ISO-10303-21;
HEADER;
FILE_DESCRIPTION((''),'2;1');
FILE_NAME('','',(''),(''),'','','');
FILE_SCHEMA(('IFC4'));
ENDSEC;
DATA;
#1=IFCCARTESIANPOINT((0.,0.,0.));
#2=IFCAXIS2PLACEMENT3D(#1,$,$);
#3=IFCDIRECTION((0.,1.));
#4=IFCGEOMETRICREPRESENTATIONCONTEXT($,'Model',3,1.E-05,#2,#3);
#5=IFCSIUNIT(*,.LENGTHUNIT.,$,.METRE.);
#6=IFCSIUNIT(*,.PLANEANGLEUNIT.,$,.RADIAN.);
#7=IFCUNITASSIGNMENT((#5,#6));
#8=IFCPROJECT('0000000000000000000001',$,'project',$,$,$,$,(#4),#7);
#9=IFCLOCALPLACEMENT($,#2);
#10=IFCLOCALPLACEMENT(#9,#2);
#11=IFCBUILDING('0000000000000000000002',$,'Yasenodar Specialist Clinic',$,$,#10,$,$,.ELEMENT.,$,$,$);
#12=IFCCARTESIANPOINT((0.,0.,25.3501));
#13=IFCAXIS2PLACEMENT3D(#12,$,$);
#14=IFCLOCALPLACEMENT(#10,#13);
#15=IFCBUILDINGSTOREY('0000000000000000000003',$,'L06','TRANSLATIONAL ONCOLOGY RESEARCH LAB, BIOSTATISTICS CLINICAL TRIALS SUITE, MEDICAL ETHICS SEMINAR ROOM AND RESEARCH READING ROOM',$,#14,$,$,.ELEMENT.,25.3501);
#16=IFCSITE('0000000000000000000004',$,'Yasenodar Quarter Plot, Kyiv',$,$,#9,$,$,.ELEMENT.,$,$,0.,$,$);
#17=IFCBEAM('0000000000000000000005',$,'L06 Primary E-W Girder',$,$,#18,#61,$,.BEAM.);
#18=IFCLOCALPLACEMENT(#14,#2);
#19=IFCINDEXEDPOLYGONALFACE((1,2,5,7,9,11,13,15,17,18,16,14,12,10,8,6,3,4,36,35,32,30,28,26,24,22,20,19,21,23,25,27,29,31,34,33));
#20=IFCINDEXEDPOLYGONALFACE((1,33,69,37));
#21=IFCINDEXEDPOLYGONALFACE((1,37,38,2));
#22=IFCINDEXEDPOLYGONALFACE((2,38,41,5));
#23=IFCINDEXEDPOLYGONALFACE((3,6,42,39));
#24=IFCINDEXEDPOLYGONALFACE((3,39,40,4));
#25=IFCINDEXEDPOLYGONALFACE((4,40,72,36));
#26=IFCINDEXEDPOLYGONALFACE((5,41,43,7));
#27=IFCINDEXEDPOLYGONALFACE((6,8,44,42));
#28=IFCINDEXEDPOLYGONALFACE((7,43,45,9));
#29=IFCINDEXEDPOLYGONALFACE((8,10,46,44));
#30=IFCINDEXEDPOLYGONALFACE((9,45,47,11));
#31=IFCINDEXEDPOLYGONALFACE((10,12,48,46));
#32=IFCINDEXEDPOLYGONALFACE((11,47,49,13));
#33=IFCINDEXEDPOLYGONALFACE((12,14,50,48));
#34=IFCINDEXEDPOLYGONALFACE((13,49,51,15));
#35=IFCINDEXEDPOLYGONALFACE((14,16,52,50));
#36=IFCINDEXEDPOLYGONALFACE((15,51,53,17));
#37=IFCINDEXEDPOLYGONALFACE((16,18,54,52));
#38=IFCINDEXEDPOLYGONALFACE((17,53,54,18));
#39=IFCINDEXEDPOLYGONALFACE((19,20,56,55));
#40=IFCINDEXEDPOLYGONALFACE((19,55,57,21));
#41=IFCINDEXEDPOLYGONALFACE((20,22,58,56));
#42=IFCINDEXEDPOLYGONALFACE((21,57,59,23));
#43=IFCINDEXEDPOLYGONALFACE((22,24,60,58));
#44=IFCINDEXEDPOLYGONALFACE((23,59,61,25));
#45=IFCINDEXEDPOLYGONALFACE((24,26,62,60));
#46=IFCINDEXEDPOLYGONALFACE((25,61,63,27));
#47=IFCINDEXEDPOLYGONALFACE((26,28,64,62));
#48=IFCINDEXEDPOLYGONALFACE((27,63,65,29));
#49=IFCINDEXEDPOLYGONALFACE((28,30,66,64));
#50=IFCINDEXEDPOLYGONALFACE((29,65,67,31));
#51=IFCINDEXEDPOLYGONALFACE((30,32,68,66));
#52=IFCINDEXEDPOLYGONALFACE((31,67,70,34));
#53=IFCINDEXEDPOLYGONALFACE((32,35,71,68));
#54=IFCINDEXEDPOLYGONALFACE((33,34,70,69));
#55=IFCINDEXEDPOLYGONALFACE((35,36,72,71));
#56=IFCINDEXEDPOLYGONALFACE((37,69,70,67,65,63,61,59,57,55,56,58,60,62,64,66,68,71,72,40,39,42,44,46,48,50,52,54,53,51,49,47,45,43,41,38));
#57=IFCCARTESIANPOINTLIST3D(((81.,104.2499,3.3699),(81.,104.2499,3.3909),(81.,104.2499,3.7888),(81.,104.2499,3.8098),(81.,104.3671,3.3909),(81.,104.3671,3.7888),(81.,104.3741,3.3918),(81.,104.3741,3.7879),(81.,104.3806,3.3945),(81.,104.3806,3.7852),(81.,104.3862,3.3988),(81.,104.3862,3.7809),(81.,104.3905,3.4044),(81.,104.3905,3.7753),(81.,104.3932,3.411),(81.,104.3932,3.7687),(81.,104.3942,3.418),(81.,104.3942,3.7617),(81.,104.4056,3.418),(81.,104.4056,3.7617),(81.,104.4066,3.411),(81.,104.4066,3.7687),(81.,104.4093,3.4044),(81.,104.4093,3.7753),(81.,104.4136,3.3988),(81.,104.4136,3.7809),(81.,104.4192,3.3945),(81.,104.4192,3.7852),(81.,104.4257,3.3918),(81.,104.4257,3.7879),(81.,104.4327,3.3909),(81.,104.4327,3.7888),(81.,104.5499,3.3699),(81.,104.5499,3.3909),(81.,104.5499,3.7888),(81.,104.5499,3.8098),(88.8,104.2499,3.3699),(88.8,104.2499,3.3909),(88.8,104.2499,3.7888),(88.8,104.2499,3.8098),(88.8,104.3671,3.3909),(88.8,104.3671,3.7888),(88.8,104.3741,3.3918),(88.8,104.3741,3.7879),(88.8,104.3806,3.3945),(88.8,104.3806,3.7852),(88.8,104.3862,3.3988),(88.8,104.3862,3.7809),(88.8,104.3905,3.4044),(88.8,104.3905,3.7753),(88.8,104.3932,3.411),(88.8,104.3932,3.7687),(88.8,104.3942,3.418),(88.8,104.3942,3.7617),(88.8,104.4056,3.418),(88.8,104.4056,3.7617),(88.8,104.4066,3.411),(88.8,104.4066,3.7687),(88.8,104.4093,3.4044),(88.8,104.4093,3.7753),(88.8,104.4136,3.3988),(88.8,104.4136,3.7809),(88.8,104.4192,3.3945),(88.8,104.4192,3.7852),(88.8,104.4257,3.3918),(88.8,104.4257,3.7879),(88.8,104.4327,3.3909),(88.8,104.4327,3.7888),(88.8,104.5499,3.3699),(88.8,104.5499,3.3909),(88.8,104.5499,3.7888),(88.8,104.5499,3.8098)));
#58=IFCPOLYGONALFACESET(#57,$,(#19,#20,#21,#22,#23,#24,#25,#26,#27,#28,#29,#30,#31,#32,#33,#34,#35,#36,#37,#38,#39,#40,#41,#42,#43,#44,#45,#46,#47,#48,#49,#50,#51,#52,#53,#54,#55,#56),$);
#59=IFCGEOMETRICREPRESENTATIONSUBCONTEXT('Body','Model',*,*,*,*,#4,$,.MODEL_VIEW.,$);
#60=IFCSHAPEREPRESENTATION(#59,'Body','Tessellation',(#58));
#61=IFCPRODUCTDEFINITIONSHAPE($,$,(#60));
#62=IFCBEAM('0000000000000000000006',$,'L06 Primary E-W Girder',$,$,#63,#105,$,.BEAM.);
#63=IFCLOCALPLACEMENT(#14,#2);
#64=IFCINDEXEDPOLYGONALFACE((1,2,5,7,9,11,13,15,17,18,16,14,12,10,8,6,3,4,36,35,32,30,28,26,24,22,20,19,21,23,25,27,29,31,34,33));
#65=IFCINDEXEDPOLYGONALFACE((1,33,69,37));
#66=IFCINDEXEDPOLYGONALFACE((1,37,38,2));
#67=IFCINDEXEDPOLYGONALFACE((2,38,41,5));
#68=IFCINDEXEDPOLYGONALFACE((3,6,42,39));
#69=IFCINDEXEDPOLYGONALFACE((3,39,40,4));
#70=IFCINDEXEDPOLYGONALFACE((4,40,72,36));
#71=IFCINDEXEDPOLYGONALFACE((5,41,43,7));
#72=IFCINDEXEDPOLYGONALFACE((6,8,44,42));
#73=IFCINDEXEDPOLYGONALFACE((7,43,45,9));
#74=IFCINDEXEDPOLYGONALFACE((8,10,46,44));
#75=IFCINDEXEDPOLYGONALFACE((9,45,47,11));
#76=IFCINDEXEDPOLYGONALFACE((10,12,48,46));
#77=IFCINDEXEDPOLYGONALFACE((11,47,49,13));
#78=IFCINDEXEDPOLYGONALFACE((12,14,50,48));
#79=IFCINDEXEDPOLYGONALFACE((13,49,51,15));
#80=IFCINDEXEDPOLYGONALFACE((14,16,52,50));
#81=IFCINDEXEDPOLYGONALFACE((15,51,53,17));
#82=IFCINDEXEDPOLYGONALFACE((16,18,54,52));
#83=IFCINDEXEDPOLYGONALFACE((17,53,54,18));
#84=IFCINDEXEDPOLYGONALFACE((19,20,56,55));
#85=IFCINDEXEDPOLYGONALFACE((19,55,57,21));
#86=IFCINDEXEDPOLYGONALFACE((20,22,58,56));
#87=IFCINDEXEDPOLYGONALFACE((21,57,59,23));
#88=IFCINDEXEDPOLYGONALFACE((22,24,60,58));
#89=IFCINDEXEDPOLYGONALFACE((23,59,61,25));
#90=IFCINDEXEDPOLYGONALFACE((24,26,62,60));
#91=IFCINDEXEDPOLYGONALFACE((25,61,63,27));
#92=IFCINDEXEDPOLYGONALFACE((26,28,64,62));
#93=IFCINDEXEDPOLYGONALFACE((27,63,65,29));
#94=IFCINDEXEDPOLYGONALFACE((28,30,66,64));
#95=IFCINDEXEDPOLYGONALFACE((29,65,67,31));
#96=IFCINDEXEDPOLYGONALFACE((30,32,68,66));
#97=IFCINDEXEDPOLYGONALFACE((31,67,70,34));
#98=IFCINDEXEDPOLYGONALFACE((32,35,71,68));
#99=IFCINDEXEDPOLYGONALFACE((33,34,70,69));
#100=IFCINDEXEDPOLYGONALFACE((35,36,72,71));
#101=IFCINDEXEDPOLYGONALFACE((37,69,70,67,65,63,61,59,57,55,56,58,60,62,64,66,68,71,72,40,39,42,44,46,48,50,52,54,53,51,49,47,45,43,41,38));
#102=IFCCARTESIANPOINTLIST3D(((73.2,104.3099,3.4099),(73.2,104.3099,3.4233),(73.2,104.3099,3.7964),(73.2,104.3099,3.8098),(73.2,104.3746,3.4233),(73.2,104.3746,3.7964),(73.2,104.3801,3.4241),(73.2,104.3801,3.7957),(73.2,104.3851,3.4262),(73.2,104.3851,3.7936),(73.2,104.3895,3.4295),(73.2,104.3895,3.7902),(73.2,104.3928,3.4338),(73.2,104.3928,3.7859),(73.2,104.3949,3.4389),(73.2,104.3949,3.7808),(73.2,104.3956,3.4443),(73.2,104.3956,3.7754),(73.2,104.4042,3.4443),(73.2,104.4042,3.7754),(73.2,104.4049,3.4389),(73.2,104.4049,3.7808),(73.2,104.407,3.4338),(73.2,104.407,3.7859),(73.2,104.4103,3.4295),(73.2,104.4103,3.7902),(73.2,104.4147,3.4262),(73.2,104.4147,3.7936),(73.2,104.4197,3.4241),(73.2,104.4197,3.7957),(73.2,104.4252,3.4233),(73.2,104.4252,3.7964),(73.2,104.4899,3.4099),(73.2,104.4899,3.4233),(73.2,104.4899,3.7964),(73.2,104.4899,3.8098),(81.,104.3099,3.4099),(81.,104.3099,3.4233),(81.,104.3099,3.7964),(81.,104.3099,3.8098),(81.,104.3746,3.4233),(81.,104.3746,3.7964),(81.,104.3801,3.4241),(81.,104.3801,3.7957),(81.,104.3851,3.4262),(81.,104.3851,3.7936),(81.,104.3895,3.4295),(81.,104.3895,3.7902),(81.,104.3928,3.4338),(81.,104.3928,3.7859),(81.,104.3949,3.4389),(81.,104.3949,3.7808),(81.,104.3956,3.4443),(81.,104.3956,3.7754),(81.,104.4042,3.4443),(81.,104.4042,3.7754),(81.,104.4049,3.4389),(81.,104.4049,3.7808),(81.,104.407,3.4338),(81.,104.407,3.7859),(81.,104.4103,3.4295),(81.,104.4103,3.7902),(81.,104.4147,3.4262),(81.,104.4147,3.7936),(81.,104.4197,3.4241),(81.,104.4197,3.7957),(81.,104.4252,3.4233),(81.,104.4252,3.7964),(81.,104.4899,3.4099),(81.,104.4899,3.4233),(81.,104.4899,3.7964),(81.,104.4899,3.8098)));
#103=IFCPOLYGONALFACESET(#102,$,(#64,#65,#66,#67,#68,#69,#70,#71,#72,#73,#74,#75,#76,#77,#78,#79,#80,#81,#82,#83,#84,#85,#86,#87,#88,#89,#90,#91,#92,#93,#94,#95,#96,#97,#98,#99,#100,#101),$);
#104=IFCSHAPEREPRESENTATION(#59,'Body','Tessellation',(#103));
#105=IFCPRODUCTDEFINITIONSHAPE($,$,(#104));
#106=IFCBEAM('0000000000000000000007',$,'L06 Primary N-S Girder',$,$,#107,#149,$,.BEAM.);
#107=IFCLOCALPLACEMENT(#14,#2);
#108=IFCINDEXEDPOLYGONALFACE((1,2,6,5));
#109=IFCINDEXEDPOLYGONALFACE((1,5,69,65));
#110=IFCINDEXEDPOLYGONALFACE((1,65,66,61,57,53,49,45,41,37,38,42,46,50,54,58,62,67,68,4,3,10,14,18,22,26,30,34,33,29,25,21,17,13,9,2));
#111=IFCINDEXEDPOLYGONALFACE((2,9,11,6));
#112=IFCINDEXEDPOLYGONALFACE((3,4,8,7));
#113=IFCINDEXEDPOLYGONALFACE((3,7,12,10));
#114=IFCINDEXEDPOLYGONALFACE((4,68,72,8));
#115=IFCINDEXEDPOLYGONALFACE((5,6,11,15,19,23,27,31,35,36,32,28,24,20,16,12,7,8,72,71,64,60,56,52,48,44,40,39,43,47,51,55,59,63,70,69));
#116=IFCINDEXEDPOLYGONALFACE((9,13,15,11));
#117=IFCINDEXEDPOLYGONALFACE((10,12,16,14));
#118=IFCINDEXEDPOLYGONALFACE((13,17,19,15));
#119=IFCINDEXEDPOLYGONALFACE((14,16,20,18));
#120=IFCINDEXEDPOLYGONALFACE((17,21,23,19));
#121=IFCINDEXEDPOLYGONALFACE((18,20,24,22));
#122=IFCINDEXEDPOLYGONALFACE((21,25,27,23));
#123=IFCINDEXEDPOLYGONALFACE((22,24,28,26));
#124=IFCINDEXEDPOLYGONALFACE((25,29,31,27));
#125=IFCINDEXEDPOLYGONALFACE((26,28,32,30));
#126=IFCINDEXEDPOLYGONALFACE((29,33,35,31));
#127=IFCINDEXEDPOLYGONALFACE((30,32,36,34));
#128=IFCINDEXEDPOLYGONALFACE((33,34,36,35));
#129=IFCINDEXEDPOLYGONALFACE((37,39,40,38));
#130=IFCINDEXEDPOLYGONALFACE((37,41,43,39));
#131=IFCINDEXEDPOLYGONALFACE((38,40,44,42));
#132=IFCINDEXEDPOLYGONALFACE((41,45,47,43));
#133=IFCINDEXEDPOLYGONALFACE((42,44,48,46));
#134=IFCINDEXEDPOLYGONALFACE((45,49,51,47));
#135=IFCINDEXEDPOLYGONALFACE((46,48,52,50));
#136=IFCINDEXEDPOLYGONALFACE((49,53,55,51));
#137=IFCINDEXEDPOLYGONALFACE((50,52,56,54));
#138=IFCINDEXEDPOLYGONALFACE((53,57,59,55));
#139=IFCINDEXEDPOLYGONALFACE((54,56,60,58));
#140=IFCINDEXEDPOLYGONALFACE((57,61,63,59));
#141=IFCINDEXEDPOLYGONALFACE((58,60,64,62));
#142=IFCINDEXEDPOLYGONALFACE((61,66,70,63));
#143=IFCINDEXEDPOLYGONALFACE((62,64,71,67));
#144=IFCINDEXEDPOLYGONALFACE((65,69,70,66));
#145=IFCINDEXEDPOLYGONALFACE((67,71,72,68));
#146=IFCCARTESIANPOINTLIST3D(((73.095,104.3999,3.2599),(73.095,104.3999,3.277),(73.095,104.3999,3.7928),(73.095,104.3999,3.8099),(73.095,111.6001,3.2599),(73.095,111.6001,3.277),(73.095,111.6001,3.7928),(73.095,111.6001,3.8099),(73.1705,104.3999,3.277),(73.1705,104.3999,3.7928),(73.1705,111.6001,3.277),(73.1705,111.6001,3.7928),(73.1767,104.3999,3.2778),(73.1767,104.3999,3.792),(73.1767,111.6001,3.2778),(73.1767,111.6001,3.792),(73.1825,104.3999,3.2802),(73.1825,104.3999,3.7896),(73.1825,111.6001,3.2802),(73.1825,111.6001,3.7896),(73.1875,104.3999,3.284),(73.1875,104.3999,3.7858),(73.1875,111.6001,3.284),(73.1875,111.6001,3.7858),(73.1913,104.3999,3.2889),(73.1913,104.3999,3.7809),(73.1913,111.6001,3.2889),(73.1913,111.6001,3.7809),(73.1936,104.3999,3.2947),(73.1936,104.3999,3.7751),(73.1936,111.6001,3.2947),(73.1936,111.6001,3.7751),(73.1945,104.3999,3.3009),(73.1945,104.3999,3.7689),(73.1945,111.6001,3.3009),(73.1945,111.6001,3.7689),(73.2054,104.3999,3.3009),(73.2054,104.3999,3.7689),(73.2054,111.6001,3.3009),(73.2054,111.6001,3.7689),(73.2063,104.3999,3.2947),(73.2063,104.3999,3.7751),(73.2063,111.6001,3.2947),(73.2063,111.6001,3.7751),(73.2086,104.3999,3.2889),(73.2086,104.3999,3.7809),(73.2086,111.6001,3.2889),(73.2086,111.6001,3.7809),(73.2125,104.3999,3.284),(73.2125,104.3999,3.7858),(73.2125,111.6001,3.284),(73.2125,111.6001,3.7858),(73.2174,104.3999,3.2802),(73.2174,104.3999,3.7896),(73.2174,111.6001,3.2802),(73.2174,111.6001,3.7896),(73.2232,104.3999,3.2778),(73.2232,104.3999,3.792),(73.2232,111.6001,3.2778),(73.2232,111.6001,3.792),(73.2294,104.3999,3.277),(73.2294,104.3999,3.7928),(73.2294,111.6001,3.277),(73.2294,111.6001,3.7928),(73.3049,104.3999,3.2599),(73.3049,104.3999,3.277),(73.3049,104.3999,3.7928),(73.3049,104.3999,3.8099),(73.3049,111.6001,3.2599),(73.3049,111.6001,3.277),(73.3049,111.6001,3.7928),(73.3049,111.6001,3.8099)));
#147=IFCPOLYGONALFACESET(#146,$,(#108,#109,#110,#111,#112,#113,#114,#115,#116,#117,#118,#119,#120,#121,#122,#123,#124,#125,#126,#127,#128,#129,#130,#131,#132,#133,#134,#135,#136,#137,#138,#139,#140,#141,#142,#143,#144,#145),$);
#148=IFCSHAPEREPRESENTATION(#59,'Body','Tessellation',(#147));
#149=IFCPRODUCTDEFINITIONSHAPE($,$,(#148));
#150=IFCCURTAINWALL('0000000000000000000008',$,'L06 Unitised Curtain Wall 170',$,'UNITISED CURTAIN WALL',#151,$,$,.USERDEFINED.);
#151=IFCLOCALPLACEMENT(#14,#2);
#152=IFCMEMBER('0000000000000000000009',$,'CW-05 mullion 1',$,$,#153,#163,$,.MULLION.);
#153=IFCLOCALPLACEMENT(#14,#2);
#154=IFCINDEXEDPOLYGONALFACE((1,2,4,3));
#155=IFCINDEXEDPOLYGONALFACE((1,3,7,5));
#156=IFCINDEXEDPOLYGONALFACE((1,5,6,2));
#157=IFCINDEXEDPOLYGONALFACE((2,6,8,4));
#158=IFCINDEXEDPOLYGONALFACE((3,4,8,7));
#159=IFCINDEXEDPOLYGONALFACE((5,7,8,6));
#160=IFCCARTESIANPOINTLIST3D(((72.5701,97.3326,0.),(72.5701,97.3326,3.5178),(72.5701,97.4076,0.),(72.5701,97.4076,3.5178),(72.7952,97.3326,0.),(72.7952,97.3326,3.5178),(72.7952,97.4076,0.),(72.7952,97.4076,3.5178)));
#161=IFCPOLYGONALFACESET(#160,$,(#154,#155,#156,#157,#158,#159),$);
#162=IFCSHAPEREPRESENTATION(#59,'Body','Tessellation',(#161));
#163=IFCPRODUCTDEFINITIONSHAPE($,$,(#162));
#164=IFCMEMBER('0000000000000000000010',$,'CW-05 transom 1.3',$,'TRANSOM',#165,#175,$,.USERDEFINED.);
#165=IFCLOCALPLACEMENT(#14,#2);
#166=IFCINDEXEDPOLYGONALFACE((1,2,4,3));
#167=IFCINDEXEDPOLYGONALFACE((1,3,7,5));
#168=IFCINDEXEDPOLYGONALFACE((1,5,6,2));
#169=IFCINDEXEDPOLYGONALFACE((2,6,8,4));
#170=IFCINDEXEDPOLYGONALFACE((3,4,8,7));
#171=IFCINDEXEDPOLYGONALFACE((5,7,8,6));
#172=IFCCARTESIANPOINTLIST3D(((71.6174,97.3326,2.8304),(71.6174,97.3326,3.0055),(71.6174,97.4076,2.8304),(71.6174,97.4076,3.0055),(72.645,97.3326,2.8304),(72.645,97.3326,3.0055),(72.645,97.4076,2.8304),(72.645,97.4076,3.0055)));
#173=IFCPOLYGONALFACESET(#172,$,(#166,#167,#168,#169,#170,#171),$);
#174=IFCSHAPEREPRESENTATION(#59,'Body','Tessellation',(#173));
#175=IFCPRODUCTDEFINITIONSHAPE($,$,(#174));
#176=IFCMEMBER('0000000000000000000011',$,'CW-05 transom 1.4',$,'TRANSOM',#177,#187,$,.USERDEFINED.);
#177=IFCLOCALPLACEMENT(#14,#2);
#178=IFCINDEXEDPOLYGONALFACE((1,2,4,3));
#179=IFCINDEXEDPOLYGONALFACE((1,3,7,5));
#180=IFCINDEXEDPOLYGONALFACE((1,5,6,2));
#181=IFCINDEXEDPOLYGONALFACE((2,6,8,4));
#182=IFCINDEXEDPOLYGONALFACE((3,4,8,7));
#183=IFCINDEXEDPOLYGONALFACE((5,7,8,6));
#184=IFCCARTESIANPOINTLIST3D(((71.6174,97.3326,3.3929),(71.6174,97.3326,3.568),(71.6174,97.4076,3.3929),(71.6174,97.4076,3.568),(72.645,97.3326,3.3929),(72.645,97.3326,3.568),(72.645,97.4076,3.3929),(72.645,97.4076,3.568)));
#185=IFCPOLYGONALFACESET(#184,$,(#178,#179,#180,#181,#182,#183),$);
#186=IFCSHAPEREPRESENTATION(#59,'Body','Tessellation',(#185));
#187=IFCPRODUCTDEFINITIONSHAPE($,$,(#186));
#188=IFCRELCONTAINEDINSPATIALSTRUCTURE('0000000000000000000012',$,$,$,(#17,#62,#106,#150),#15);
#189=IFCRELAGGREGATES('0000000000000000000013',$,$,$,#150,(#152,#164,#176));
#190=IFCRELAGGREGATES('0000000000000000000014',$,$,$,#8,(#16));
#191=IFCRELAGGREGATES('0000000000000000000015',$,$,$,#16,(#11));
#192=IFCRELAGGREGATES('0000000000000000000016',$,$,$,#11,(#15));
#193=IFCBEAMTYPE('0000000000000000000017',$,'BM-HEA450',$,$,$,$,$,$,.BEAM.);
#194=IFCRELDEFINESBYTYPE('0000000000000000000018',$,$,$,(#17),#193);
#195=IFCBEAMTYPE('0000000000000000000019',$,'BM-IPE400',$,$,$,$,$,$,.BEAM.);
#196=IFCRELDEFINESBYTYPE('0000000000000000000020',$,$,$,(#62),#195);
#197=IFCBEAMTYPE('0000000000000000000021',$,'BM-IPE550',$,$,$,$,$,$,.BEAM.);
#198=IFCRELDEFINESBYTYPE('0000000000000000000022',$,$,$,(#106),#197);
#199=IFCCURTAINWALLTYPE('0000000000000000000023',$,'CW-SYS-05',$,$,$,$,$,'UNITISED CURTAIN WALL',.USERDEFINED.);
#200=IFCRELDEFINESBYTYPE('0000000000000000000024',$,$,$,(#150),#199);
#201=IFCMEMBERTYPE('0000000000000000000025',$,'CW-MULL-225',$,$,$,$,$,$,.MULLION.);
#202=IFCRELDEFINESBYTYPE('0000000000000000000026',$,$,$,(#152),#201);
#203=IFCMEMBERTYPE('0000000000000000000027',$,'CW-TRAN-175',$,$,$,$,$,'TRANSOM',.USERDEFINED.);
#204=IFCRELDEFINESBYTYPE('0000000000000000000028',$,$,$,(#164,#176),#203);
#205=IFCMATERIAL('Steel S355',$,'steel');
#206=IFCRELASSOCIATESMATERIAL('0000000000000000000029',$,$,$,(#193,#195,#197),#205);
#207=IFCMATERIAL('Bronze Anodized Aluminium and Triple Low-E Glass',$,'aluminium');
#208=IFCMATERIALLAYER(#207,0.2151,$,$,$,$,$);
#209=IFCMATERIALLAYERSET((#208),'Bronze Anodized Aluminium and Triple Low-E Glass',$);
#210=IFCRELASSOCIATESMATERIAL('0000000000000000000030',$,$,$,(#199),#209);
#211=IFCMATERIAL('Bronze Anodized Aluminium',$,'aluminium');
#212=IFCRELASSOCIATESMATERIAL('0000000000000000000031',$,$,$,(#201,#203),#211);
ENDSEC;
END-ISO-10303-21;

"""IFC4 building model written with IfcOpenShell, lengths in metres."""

from ifc_helpers import new_model, si_unit, direction, frame, origin, origin_2d, place, context, subcontext, project, spatial, rectangle, i_section, extrude, material, layer, layer_set, material_profile, profile_set, type_object, element, aggregate, save


model = new_model("IFC4")

# Units and contexts
model_context = context("Model", 3, precision=1e-05, world=origin(), true_north=direction((0.0, 1.0)))
body_context = subcontext(model_context, "Body", "Model", "MODEL_VIEW")
ifc_project = project(units=[si_unit("LENGTHUNIT", "METRE"), si_unit("PLANEANGLEUNIT", "RADIAN")], contexts=[model_context])

# Site, building, storey
site_placement = place(None, origin())
site = spatial("IfcSite", under=ifc_project, at=site_placement, Name="Yasenodar Quarter Plot, Kyiv", CompositionType="ELEMENT", RefElevation=0.0)
building_placement = place(site_placement, origin())
building = spatial("IfcBuilding", under=site, at=building_placement, Name="Yasenodar Specialist Clinic", CompositionType="ELEMENT")
storey_placement = place(building_placement, frame((0.0, 0.0, 25.3501)))
storey = spatial("IfcBuildingStorey", under=building, at=storey_placement, Name="L06", Description="TRANSLATIONAL ONCOLOGY RESEARCH LAB, BIOSTATISTICS CLINICAL TRIALS SUITE, MEDICAL ETHICS SEMINAR ROOM AND RESEARCH READING ROOM", CompositionType="ELEMENT", Elevation=25.3501)

# Shared definitions
ifc_material_1 = material(Name="Steel S355", Category="steel")

# Beams
ifc_material_profile_1 = material_profile(ifc_material_1, i_section(OverallWidth=0.3, OverallDepth=0.4399, WebThickness=0.0115, FlangeThickness=0.021, FilletRadius=0.0271, at=origin_2d()), Name="HEA 450")
ifc_profile_set_1 = profile_set([ifc_material_profile_1], Name="Steel S355")
beam_type_1 = type_object("IfcBeamType", Name="BM-HEA450", PredefinedType="BEAM", material=ifc_profile_set_1)
beam_1_placement = place(storey_placement, frame((81.0, 104.3999, 3.5898), z_axis=(1.0, 0.0, 0.0), x_axis=(0.0, 1.0, 0.0)))
element("IfcBeam", 1, at=beam_1_placement, inside=storey, type_object=beam_type_1, Name="L06 Primary E-W Girder", PredefinedType="BEAM", context=body_context, shape_type="SweptSolid", body=[
    extrude(i_section(OverallWidth=0.3, OverallDepth=0.4399, WebThickness=0.0115, FlangeThickness=0.021, FilletRadius=0.0271, at=origin_2d()), origin(), (0.0, 0.0, 1.0), 7.8),
])
ifc_material_profile_2 = material_profile(ifc_material_1, i_section(OverallWidth=0.1799, OverallDepth=0.3999, WebThickness=0.0085, FlangeThickness=0.0134, FilletRadius=0.021, at=origin_2d()), Name="IPE 400")
ifc_profile_set_2 = profile_set([ifc_material_profile_2], Name="Steel S355")
beam_type_2 = type_object("IfcBeamType", Name="BM-IPE400", PredefinedType="BEAM", material=ifc_profile_set_2)
beam_2_placement = place(storey_placement, frame((73.2, 104.3999, 3.6099), z_axis=(1.0, 0.0, 0.0), x_axis=(0.0, 1.0, 0.0)))
element("IfcBeam", 2, at=beam_2_placement, inside=storey, type_object=beam_type_2, Name="L06 Primary E-W Girder", PredefinedType="BEAM", context=body_context, shape_type="SweptSolid", body=[
    extrude(i_section(OverallWidth=0.1799, OverallDepth=0.3999, WebThickness=0.0085, FlangeThickness=0.0134, FilletRadius=0.021, at=origin_2d()), origin(), (0.0, 0.0, 1.0), 7.8),
])
ifc_material_profile_3 = material_profile(ifc_material_1, i_section(OverallWidth=0.21, OverallDepth=0.55, WebThickness=0.011, FlangeThickness=0.0171, FilletRadius=0.0239, at=origin_2d()), Name="IPE 550")
ifc_profile_set_3 = profile_set([ifc_material_profile_3], Name="Steel S355")
beam_type_3 = type_object("IfcBeamType", Name="BM-IPE550", PredefinedType="BEAM", material=ifc_profile_set_3)
beam_3_placement = place(storey_placement, frame((73.2, 104.3999, 3.5349), z_axis=(0.0, 1.0, 0.0), x_axis=(-1.0, 0.0, 0.0)))
element("IfcBeam", 3, at=beam_3_placement, inside=storey, type_object=beam_type_3, Name="L06 Primary N-S Girder", PredefinedType="BEAM", context=body_context, shape_type="SweptSolid", body=[
    extrude(i_section(OverallWidth=0.21, OverallDepth=0.55, WebThickness=0.011, FlangeThickness=0.0171, FilletRadius=0.0239, at=origin_2d()), origin(), (0.0, 0.0, 1.0), 7.2002),
])

# Curtain wall, members
ifc_material_2 = material(Name="Bronze Anodized Aluminium and Triple Low-E Glass", Category="aluminium")
ifc_layer_1 = layer(ifc_material_2, 0.2151)
ifc_layer_set_1 = layer_set([ifc_layer_1], Name="Bronze Anodized Aluminium and Triple Low-E Glass")
curtain_wall_type = type_object("IfcCurtainWallType", Name="CW-SYS-05", ElementType="UNITISED CURTAIN WALL", PredefinedType="USERDEFINED", material=ifc_layer_set_1)
curtain_wall_placement = place(storey_placement, origin())
curtain_wall = element("IfcCurtainWall", 4, at=curtain_wall_placement, inside=storey, type_object=curtain_wall_type, Name="L06 Unitised Curtain Wall 170", ObjectType="UNITISED CURTAIN WALL", PredefinedType="USERDEFINED")
ifc_material_3 = material(Name="Bronze Anodized Aluminium", Category="aluminium")
ifc_material_profile_4 = material_profile(ifc_material_3, rectangle(XDim=0.075, YDim=0.2251, at=origin_2d()), Name="CW-MULL 75x225")
ifc_profile_set_4 = profile_set([ifc_material_profile_4], Name="Bronze Anodized Aluminium")
member_type_1 = type_object("IfcMemberType", Name="CW-MULL-225", PredefinedType="MULLION", material=ifc_profile_set_4)
member_1_placement = place(storey_placement, frame((72.6826, 97.3701, 0.0), z_axis=(0.0, 0.0, 1.0), x_axis=(0.0, -1.0, 0.0)))
member_1 = element("IfcMember", 5, at=member_1_placement, type_object=member_type_1, Name="CW-05 mullion 1", PredefinedType="MULLION", context=body_context, shape_type="SweptSolid", body=[
    extrude(rectangle(XDim=0.075, YDim=0.2251, at=origin_2d()), origin(), (0.0, 0.0, 1.0), 3.5178),
])
ifc_material_profile_5 = material_profile(ifc_material_3, rectangle(XDim=0.075, YDim=0.175, at=origin_2d()), Name="CW-TRAN 75x175")
ifc_profile_set_5 = profile_set([ifc_material_profile_5], Name="Bronze Anodized Aluminium")
member_type_2 = type_object("IfcMemberType", Name="CW-TRAN-175", ElementType="TRANSOM", PredefinedType="USERDEFINED", material=ifc_profile_set_5)
member_2_placement = place(storey_placement, frame((72.645, 97.3701, 2.918), z_axis=(-1.0, 0.0, 0.0), x_axis=(0.0, -1.0, 0.0)))
member_2 = element("IfcMember", 6, at=member_2_placement, type_object=member_type_2, Name="CW-05 transom 1.3", ObjectType="TRANSOM", PredefinedType="USERDEFINED", context=body_context, shape_type="SweptSolid", body=[
    extrude(rectangle(XDim=0.075, YDim=0.175, at=origin_2d()), origin(), (0.0, 0.0, 1.0), 1.0276),
])
member_3_placement = place(storey_placement, frame((72.645, 97.3701, 3.4805), z_axis=(-1.0, 0.0, 0.0), x_axis=(0.0, -1.0, 0.0)))
member_3 = element("IfcMember", 7, at=member_3_placement, type_object=member_type_2, Name="CW-05 transom 1.4", ObjectType="TRANSOM", PredefinedType="USERDEFINED", context=body_context, shape_type="SweptSolid", body=[
    extrude(rectangle(XDim=0.075, YDim=0.175, at=origin_2d()), origin(), (0.0, 0.0, 1.0), 1.0276),
])
aggregate(curtain_wall, [member_1, member_2, member_3])

save(model, "model.ifc")
